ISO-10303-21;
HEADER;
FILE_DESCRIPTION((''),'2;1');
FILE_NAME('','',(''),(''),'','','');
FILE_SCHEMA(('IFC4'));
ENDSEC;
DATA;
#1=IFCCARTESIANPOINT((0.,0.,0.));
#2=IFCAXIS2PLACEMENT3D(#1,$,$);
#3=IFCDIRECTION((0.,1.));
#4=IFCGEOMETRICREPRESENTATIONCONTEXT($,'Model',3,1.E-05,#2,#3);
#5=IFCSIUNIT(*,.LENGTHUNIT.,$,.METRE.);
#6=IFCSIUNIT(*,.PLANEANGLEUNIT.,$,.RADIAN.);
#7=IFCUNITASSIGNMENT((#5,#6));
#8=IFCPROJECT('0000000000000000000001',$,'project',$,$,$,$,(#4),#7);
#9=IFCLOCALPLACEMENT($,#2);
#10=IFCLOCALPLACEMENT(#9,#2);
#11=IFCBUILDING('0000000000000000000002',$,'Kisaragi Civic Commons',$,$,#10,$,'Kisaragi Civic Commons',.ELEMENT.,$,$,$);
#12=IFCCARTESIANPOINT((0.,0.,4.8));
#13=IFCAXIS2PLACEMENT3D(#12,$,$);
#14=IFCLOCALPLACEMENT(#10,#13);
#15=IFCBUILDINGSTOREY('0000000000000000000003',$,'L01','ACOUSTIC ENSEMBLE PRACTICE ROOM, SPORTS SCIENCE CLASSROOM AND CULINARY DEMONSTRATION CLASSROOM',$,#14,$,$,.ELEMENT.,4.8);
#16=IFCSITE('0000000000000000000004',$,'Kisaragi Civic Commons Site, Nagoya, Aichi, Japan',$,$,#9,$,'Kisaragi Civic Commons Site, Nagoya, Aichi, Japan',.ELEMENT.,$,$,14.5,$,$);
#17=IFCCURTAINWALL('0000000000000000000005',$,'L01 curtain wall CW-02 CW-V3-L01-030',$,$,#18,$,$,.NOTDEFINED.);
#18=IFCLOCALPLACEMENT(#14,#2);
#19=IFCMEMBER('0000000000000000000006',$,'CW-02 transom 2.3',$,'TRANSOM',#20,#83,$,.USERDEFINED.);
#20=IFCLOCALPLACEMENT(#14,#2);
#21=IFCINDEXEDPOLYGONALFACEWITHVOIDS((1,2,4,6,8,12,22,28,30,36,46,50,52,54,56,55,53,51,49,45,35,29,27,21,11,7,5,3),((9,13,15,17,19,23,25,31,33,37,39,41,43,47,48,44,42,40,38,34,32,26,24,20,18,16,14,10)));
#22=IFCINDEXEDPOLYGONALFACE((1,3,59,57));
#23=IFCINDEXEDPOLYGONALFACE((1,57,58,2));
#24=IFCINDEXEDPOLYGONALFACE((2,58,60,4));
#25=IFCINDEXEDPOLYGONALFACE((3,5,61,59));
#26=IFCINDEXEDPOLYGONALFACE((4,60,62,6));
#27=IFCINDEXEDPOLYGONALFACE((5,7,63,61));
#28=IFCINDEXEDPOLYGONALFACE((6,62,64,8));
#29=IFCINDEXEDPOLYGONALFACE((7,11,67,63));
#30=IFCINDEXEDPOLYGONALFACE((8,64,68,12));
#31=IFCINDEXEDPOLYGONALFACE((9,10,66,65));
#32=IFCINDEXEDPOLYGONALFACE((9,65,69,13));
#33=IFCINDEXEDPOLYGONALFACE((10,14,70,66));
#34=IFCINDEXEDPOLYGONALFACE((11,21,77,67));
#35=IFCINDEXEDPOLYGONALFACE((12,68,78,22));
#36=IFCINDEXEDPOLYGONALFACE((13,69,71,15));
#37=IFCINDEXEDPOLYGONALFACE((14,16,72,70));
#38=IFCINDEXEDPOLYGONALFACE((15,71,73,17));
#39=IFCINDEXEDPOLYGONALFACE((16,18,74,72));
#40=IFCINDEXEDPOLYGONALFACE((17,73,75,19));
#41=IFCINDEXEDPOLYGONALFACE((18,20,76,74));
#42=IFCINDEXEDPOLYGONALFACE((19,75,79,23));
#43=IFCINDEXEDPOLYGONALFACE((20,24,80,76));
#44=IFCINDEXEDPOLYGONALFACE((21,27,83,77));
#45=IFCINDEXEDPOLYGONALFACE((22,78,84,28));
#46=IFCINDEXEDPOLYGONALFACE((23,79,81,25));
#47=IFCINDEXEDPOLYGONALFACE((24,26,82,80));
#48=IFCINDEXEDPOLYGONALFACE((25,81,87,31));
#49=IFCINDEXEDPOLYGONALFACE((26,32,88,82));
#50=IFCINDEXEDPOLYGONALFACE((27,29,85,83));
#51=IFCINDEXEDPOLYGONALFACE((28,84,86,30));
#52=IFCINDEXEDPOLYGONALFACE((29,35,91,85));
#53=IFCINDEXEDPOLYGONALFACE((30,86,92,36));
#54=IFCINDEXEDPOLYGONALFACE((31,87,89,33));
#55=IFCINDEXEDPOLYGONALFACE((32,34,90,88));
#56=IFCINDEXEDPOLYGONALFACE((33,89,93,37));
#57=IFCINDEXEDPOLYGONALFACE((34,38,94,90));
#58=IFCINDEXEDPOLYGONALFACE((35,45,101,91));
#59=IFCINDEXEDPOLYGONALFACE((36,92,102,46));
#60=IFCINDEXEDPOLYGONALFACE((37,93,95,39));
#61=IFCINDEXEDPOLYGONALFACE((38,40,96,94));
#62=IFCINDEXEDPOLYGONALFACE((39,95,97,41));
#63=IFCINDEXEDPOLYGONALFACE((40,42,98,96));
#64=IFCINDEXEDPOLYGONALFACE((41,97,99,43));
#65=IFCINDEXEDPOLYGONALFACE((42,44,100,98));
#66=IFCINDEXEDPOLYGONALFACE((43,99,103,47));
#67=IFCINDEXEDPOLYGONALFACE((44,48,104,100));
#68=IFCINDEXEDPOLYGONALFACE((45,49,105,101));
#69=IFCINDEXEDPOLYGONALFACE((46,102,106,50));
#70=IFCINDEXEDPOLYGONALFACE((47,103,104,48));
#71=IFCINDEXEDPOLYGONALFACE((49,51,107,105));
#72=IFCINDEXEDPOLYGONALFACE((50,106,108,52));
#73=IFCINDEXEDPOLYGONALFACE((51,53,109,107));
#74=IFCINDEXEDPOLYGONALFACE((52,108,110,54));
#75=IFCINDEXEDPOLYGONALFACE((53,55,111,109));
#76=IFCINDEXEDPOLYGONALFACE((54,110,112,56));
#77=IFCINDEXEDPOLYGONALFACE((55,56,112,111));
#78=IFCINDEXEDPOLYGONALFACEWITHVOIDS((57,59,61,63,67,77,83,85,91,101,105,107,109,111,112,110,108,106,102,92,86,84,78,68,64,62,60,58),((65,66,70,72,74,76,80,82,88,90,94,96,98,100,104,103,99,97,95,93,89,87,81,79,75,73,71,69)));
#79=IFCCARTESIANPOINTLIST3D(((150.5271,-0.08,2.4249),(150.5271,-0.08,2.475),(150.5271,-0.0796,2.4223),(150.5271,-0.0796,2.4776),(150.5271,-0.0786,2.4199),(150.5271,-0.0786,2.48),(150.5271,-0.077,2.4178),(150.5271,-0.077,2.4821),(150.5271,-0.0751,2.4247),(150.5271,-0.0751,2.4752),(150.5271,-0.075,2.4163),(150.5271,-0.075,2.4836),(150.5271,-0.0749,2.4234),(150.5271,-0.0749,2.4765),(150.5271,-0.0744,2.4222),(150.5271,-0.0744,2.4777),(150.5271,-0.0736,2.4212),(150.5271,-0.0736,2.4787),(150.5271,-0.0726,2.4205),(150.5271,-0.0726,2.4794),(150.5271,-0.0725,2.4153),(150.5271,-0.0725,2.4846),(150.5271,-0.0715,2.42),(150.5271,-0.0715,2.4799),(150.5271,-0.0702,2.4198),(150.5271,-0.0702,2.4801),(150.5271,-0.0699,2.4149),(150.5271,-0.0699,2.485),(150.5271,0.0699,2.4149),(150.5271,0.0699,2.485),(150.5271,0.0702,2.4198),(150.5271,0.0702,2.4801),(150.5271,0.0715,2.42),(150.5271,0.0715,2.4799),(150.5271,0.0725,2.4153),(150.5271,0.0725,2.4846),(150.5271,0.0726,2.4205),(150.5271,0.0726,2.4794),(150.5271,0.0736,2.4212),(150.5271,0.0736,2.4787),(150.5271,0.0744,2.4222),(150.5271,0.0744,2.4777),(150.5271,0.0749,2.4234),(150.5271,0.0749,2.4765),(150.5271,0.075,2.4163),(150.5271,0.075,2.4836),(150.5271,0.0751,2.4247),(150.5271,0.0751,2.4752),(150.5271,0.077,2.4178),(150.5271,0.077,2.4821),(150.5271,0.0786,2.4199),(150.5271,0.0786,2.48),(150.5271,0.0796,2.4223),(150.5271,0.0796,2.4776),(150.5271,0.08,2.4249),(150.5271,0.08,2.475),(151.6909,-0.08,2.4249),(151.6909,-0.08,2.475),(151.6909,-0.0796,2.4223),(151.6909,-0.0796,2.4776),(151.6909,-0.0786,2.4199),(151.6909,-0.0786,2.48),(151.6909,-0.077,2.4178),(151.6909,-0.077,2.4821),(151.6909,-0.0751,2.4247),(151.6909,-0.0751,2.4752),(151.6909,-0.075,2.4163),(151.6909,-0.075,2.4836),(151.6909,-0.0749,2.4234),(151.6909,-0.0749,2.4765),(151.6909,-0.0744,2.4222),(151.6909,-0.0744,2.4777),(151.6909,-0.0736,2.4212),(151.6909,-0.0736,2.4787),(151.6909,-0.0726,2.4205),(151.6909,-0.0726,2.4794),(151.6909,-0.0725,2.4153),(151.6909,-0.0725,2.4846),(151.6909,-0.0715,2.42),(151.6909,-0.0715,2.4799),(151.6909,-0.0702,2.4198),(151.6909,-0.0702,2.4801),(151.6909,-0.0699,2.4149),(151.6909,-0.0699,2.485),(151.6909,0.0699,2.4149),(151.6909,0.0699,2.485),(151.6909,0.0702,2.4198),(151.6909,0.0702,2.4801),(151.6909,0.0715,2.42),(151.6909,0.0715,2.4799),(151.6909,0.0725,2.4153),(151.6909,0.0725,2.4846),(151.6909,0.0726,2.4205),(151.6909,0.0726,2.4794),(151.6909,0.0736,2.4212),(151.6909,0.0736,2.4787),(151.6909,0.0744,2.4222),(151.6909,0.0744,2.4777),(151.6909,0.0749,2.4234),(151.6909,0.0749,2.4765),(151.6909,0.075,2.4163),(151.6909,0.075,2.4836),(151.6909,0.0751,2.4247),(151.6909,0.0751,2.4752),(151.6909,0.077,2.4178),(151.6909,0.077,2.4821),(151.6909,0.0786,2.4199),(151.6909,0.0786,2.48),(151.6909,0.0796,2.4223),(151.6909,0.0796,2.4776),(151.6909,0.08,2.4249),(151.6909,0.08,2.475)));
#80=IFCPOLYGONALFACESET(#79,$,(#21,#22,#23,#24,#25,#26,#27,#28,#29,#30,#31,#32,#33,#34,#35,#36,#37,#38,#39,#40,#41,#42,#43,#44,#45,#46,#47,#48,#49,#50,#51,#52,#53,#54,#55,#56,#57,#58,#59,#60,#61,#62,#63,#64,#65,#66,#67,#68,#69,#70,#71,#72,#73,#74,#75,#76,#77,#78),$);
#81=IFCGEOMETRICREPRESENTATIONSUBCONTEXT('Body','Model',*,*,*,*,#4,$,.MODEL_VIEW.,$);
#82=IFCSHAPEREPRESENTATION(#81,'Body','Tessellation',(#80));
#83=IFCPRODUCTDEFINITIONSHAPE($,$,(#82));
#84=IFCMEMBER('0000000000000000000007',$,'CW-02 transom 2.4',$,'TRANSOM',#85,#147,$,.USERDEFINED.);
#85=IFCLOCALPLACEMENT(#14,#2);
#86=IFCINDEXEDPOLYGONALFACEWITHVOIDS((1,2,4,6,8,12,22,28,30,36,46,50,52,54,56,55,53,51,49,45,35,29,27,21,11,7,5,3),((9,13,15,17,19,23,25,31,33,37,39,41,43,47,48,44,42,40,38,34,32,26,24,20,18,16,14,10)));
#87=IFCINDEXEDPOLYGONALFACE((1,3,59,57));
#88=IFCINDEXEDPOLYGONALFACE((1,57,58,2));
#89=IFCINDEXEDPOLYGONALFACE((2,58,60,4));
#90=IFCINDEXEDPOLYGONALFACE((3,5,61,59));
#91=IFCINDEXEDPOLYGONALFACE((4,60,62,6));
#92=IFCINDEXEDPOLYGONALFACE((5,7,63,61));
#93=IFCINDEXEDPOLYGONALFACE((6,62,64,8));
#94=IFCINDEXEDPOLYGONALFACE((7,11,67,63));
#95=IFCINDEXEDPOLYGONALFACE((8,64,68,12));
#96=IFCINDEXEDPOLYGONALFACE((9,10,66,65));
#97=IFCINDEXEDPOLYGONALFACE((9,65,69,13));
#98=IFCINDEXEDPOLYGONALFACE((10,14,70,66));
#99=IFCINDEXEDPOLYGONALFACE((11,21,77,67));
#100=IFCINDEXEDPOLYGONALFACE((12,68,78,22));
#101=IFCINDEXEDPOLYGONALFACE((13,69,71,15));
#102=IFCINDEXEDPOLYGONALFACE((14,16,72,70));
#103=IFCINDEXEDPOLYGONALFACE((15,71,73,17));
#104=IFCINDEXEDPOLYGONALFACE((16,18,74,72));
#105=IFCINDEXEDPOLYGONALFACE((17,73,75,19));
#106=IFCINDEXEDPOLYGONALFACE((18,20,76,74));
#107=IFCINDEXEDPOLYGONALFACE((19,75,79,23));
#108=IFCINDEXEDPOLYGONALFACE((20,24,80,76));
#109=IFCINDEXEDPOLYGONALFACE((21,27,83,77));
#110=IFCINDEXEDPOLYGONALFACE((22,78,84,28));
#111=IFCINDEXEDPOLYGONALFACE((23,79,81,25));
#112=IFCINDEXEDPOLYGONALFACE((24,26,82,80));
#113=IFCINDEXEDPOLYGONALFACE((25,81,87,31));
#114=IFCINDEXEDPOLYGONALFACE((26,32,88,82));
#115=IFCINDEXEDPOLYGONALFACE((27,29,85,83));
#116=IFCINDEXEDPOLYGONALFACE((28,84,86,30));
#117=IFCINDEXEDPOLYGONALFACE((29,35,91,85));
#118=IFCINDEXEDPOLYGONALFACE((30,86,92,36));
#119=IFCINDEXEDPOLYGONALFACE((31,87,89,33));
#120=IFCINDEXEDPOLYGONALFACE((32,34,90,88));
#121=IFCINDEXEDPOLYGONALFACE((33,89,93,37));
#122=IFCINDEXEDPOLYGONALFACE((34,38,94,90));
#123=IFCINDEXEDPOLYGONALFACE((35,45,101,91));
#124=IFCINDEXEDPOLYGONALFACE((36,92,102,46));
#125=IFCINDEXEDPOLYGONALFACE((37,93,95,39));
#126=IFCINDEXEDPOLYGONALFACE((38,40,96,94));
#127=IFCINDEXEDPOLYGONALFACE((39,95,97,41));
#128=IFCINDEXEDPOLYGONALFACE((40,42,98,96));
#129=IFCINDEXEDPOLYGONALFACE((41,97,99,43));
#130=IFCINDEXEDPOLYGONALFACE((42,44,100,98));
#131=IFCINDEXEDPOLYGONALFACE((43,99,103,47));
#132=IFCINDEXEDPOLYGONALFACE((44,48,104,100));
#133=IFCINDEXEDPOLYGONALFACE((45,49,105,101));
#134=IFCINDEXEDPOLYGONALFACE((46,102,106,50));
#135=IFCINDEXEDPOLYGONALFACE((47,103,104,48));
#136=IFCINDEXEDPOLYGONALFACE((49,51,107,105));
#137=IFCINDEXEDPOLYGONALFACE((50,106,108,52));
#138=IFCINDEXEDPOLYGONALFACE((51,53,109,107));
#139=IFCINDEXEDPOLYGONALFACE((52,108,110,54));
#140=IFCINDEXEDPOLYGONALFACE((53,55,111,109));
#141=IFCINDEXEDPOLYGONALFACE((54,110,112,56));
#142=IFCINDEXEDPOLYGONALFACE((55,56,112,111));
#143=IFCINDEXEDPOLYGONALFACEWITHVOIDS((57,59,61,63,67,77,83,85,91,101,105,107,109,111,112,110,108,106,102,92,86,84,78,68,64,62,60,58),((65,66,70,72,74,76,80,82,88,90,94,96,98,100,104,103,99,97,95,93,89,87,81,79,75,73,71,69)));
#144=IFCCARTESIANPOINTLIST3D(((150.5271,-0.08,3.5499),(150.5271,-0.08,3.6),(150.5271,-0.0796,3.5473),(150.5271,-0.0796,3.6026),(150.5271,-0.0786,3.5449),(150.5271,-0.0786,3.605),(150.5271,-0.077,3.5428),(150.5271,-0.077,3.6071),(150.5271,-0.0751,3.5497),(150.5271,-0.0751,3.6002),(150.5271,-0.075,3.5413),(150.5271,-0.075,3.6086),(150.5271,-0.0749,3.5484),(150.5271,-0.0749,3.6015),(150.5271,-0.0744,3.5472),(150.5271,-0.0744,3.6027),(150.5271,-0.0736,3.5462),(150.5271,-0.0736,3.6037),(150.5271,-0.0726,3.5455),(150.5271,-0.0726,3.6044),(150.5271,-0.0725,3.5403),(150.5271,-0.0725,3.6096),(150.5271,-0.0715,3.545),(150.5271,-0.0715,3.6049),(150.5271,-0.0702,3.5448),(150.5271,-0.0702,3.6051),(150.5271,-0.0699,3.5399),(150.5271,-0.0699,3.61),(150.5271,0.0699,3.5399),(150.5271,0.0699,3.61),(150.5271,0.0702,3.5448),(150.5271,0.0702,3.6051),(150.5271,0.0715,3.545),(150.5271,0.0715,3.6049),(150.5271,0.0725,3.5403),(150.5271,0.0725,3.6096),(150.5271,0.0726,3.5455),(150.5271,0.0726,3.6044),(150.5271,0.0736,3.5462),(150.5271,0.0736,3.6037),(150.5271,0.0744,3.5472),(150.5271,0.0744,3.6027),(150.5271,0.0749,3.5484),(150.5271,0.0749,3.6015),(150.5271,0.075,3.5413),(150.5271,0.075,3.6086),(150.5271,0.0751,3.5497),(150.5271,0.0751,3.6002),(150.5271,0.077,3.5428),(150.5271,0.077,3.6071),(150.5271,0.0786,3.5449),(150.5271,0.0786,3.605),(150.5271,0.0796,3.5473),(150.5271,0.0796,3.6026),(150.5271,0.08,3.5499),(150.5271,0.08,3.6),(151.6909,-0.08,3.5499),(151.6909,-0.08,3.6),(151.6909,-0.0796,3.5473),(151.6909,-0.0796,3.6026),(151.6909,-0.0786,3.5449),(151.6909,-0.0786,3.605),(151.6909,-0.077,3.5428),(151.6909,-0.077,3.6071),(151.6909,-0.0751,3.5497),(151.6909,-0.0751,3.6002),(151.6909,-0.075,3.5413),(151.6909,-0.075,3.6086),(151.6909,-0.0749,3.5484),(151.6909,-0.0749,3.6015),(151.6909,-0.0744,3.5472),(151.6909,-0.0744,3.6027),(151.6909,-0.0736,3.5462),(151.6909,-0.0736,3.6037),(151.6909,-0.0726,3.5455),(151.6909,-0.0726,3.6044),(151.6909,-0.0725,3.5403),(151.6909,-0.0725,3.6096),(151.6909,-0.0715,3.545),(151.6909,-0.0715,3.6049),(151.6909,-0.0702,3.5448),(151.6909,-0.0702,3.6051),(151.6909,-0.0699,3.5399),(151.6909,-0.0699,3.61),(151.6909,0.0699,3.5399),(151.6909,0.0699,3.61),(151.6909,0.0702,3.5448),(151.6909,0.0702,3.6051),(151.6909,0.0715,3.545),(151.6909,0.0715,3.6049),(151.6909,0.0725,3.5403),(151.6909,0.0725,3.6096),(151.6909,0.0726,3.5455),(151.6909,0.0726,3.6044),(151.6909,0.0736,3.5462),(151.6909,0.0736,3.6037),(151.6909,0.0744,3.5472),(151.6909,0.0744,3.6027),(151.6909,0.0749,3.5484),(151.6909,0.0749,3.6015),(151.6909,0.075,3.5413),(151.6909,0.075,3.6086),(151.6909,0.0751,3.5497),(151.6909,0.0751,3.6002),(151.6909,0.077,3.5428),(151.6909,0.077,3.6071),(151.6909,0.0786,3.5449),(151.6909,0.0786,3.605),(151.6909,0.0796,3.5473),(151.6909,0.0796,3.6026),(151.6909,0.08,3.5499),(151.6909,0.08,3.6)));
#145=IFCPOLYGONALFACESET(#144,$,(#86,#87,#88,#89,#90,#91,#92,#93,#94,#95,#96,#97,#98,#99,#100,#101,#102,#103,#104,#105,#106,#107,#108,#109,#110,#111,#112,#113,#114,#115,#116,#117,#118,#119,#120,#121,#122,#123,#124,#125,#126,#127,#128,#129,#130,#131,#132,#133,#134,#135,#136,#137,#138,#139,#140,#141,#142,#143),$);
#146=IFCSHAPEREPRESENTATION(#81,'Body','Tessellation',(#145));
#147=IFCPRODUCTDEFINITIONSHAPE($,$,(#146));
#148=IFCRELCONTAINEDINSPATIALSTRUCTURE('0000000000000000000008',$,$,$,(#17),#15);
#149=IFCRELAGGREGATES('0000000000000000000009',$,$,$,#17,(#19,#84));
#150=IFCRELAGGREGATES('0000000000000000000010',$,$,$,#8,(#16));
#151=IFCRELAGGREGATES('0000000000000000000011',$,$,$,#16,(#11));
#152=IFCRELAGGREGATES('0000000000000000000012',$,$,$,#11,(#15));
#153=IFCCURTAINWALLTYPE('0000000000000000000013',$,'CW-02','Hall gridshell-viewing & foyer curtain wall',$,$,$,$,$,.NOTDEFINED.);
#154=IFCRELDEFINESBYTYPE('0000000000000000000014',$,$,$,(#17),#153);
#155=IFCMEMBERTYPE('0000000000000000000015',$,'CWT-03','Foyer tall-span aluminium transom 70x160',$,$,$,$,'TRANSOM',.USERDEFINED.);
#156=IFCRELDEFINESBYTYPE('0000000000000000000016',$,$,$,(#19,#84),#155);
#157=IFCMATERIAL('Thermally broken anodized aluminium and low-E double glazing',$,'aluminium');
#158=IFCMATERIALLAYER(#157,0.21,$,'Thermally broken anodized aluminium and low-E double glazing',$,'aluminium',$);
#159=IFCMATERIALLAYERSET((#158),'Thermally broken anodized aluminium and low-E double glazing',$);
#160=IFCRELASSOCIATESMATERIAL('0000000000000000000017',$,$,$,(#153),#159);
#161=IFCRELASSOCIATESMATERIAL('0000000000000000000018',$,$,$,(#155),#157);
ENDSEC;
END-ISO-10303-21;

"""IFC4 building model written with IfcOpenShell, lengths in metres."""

from ifc_helpers import new_model, si_unit, direction, frame, origin, origin_2d, place, context, subcontext, project, spatial, hollow_rectangle, extrude, material, layer, layer_set, material_profile, profile_set, type_object, element, aggregate, save


model = new_model("IFC4")

# Units and contexts
model_context = context("Model", 3, precision=1e-05, world=origin(), true_north=direction((0.0, 1.0)))
body_context = subcontext(model_context, "Body", "Model", "MODEL_VIEW")
ifc_project = project(units=[si_unit("LENGTHUNIT", "METRE"), si_unit("PLANEANGLEUNIT", "RADIAN")], contexts=[model_context])

# Site, building, storey
site_placement = place(None, origin())
site = spatial("IfcSite", under=ifc_project, at=site_placement, Name="Kisaragi Civic Commons Site, Nagoya, Aichi, Japan", LongName="Kisaragi Civic Commons Site, Nagoya, Aichi, Japan", CompositionType="ELEMENT", RefElevation=14.5)
building_placement = place(site_placement, origin())
building = spatial("IfcBuilding", under=site, at=building_placement, Name="Kisaragi Civic Commons", LongName="Kisaragi Civic Commons", CompositionType="ELEMENT")
storey_placement = place(building_placement, frame((0.0, 0.0, 4.8)))
storey = spatial("IfcBuildingStorey", under=building, at=storey_placement, Name="L01", Description="ACOUSTIC ENSEMBLE PRACTICE ROOM, SPORTS SCIENCE CLASSROOM AND CULINARY DEMONSTRATION CLASSROOM", CompositionType="ELEMENT", Elevation=4.8)

# Curtain wall, members
ifc_material_1 = material(Name="Thermally broken anodized aluminium and low-E double glazing", Category="aluminium")
ifc_layer_1 = layer(ifc_material_1, 0.21, Name="Thermally broken anodized aluminium and low-E double glazing", Category="aluminium")
ifc_layer_set_1 = layer_set([ifc_layer_1], Name="Thermally broken anodized aluminium and low-E double glazing")
curtain_wall_type = type_object("IfcCurtainWallType", Name="CW-02", Description="Hall gridshell-viewing & foyer curtain wall", PredefinedType="NOTDEFINED", material=ifc_layer_set_1)
curtain_wall_placement = place(storey_placement, origin())
curtain_wall = element("IfcCurtainWall", 1, at=curtain_wall_placement, inside=storey, type_object=curtain_wall_type, Name="L01 curtain wall CW-02 CW-V3-L01-030", PredefinedType="NOTDEFINED")
ifc_material_profile_1 = material_profile(ifc_material_1, hollow_rectangle(XDim=0.1599, YDim=0.0701, WallThickness=0.0049, InnerFilletRadius=0.0049, OuterFilletRadius=0.01, at=origin_2d()), Name="CWT-70x160x5", Category="aluminium")
ifc_profile_set_1 = profile_set([ifc_material_profile_1], Name="Thermally broken anodized aluminium and low-E double glazing")
member_type_1 = type_object("IfcMemberType", Name="CWT-03", Description="Foyer tall-span aluminium transom 70x160", ElementType="TRANSOM", PredefinedType="USERDEFINED", material=ifc_profile_set_1)
member_1_placement = place(storey_placement, frame((151.6909, 0.0, 2.45), z_axis=(-1.0, 0.0, 0.0), x_axis=(0.0, -1.0, 0.0)))
member_1 = element("IfcMember", 2, at=member_1_placement, type_object=member_type_1, Name="CW-02 transom 2.3", ObjectType="TRANSOM", PredefinedType="USERDEFINED", context=body_context, shape_type="SweptSolid", body=[
    extrude(hollow_rectangle(XDim=0.1599, YDim=0.0701, WallThickness=0.0049, InnerFilletRadius=0.0049, OuterFilletRadius=0.01, at=origin_2d()), origin(), (0.0, 0.0, 1.0), 1.1638),
])
member_2_placement = place(storey_placement, frame((151.6909, 0.0, 3.575), z_axis=(-1.0, 0.0, 0.0), x_axis=(0.0, -1.0, 0.0)))
member_2 = element("IfcMember", 3, at=member_2_placement, type_object=member_type_1, Name="CW-02 transom 2.4", ObjectType="TRANSOM", PredefinedType="USERDEFINED", context=body_context, shape_type="SweptSolid", body=[
    extrude(hollow_rectangle(XDim=0.1599, YDim=0.0701, WallThickness=0.0049, InnerFilletRadius=0.0049, OuterFilletRadius=0.01, at=origin_2d()), origin(), (0.0, 0.0, 1.0), 1.1638),
])

aggregate(curtain_wall, [member_1, member_2])

save(model, "model.ifc")
